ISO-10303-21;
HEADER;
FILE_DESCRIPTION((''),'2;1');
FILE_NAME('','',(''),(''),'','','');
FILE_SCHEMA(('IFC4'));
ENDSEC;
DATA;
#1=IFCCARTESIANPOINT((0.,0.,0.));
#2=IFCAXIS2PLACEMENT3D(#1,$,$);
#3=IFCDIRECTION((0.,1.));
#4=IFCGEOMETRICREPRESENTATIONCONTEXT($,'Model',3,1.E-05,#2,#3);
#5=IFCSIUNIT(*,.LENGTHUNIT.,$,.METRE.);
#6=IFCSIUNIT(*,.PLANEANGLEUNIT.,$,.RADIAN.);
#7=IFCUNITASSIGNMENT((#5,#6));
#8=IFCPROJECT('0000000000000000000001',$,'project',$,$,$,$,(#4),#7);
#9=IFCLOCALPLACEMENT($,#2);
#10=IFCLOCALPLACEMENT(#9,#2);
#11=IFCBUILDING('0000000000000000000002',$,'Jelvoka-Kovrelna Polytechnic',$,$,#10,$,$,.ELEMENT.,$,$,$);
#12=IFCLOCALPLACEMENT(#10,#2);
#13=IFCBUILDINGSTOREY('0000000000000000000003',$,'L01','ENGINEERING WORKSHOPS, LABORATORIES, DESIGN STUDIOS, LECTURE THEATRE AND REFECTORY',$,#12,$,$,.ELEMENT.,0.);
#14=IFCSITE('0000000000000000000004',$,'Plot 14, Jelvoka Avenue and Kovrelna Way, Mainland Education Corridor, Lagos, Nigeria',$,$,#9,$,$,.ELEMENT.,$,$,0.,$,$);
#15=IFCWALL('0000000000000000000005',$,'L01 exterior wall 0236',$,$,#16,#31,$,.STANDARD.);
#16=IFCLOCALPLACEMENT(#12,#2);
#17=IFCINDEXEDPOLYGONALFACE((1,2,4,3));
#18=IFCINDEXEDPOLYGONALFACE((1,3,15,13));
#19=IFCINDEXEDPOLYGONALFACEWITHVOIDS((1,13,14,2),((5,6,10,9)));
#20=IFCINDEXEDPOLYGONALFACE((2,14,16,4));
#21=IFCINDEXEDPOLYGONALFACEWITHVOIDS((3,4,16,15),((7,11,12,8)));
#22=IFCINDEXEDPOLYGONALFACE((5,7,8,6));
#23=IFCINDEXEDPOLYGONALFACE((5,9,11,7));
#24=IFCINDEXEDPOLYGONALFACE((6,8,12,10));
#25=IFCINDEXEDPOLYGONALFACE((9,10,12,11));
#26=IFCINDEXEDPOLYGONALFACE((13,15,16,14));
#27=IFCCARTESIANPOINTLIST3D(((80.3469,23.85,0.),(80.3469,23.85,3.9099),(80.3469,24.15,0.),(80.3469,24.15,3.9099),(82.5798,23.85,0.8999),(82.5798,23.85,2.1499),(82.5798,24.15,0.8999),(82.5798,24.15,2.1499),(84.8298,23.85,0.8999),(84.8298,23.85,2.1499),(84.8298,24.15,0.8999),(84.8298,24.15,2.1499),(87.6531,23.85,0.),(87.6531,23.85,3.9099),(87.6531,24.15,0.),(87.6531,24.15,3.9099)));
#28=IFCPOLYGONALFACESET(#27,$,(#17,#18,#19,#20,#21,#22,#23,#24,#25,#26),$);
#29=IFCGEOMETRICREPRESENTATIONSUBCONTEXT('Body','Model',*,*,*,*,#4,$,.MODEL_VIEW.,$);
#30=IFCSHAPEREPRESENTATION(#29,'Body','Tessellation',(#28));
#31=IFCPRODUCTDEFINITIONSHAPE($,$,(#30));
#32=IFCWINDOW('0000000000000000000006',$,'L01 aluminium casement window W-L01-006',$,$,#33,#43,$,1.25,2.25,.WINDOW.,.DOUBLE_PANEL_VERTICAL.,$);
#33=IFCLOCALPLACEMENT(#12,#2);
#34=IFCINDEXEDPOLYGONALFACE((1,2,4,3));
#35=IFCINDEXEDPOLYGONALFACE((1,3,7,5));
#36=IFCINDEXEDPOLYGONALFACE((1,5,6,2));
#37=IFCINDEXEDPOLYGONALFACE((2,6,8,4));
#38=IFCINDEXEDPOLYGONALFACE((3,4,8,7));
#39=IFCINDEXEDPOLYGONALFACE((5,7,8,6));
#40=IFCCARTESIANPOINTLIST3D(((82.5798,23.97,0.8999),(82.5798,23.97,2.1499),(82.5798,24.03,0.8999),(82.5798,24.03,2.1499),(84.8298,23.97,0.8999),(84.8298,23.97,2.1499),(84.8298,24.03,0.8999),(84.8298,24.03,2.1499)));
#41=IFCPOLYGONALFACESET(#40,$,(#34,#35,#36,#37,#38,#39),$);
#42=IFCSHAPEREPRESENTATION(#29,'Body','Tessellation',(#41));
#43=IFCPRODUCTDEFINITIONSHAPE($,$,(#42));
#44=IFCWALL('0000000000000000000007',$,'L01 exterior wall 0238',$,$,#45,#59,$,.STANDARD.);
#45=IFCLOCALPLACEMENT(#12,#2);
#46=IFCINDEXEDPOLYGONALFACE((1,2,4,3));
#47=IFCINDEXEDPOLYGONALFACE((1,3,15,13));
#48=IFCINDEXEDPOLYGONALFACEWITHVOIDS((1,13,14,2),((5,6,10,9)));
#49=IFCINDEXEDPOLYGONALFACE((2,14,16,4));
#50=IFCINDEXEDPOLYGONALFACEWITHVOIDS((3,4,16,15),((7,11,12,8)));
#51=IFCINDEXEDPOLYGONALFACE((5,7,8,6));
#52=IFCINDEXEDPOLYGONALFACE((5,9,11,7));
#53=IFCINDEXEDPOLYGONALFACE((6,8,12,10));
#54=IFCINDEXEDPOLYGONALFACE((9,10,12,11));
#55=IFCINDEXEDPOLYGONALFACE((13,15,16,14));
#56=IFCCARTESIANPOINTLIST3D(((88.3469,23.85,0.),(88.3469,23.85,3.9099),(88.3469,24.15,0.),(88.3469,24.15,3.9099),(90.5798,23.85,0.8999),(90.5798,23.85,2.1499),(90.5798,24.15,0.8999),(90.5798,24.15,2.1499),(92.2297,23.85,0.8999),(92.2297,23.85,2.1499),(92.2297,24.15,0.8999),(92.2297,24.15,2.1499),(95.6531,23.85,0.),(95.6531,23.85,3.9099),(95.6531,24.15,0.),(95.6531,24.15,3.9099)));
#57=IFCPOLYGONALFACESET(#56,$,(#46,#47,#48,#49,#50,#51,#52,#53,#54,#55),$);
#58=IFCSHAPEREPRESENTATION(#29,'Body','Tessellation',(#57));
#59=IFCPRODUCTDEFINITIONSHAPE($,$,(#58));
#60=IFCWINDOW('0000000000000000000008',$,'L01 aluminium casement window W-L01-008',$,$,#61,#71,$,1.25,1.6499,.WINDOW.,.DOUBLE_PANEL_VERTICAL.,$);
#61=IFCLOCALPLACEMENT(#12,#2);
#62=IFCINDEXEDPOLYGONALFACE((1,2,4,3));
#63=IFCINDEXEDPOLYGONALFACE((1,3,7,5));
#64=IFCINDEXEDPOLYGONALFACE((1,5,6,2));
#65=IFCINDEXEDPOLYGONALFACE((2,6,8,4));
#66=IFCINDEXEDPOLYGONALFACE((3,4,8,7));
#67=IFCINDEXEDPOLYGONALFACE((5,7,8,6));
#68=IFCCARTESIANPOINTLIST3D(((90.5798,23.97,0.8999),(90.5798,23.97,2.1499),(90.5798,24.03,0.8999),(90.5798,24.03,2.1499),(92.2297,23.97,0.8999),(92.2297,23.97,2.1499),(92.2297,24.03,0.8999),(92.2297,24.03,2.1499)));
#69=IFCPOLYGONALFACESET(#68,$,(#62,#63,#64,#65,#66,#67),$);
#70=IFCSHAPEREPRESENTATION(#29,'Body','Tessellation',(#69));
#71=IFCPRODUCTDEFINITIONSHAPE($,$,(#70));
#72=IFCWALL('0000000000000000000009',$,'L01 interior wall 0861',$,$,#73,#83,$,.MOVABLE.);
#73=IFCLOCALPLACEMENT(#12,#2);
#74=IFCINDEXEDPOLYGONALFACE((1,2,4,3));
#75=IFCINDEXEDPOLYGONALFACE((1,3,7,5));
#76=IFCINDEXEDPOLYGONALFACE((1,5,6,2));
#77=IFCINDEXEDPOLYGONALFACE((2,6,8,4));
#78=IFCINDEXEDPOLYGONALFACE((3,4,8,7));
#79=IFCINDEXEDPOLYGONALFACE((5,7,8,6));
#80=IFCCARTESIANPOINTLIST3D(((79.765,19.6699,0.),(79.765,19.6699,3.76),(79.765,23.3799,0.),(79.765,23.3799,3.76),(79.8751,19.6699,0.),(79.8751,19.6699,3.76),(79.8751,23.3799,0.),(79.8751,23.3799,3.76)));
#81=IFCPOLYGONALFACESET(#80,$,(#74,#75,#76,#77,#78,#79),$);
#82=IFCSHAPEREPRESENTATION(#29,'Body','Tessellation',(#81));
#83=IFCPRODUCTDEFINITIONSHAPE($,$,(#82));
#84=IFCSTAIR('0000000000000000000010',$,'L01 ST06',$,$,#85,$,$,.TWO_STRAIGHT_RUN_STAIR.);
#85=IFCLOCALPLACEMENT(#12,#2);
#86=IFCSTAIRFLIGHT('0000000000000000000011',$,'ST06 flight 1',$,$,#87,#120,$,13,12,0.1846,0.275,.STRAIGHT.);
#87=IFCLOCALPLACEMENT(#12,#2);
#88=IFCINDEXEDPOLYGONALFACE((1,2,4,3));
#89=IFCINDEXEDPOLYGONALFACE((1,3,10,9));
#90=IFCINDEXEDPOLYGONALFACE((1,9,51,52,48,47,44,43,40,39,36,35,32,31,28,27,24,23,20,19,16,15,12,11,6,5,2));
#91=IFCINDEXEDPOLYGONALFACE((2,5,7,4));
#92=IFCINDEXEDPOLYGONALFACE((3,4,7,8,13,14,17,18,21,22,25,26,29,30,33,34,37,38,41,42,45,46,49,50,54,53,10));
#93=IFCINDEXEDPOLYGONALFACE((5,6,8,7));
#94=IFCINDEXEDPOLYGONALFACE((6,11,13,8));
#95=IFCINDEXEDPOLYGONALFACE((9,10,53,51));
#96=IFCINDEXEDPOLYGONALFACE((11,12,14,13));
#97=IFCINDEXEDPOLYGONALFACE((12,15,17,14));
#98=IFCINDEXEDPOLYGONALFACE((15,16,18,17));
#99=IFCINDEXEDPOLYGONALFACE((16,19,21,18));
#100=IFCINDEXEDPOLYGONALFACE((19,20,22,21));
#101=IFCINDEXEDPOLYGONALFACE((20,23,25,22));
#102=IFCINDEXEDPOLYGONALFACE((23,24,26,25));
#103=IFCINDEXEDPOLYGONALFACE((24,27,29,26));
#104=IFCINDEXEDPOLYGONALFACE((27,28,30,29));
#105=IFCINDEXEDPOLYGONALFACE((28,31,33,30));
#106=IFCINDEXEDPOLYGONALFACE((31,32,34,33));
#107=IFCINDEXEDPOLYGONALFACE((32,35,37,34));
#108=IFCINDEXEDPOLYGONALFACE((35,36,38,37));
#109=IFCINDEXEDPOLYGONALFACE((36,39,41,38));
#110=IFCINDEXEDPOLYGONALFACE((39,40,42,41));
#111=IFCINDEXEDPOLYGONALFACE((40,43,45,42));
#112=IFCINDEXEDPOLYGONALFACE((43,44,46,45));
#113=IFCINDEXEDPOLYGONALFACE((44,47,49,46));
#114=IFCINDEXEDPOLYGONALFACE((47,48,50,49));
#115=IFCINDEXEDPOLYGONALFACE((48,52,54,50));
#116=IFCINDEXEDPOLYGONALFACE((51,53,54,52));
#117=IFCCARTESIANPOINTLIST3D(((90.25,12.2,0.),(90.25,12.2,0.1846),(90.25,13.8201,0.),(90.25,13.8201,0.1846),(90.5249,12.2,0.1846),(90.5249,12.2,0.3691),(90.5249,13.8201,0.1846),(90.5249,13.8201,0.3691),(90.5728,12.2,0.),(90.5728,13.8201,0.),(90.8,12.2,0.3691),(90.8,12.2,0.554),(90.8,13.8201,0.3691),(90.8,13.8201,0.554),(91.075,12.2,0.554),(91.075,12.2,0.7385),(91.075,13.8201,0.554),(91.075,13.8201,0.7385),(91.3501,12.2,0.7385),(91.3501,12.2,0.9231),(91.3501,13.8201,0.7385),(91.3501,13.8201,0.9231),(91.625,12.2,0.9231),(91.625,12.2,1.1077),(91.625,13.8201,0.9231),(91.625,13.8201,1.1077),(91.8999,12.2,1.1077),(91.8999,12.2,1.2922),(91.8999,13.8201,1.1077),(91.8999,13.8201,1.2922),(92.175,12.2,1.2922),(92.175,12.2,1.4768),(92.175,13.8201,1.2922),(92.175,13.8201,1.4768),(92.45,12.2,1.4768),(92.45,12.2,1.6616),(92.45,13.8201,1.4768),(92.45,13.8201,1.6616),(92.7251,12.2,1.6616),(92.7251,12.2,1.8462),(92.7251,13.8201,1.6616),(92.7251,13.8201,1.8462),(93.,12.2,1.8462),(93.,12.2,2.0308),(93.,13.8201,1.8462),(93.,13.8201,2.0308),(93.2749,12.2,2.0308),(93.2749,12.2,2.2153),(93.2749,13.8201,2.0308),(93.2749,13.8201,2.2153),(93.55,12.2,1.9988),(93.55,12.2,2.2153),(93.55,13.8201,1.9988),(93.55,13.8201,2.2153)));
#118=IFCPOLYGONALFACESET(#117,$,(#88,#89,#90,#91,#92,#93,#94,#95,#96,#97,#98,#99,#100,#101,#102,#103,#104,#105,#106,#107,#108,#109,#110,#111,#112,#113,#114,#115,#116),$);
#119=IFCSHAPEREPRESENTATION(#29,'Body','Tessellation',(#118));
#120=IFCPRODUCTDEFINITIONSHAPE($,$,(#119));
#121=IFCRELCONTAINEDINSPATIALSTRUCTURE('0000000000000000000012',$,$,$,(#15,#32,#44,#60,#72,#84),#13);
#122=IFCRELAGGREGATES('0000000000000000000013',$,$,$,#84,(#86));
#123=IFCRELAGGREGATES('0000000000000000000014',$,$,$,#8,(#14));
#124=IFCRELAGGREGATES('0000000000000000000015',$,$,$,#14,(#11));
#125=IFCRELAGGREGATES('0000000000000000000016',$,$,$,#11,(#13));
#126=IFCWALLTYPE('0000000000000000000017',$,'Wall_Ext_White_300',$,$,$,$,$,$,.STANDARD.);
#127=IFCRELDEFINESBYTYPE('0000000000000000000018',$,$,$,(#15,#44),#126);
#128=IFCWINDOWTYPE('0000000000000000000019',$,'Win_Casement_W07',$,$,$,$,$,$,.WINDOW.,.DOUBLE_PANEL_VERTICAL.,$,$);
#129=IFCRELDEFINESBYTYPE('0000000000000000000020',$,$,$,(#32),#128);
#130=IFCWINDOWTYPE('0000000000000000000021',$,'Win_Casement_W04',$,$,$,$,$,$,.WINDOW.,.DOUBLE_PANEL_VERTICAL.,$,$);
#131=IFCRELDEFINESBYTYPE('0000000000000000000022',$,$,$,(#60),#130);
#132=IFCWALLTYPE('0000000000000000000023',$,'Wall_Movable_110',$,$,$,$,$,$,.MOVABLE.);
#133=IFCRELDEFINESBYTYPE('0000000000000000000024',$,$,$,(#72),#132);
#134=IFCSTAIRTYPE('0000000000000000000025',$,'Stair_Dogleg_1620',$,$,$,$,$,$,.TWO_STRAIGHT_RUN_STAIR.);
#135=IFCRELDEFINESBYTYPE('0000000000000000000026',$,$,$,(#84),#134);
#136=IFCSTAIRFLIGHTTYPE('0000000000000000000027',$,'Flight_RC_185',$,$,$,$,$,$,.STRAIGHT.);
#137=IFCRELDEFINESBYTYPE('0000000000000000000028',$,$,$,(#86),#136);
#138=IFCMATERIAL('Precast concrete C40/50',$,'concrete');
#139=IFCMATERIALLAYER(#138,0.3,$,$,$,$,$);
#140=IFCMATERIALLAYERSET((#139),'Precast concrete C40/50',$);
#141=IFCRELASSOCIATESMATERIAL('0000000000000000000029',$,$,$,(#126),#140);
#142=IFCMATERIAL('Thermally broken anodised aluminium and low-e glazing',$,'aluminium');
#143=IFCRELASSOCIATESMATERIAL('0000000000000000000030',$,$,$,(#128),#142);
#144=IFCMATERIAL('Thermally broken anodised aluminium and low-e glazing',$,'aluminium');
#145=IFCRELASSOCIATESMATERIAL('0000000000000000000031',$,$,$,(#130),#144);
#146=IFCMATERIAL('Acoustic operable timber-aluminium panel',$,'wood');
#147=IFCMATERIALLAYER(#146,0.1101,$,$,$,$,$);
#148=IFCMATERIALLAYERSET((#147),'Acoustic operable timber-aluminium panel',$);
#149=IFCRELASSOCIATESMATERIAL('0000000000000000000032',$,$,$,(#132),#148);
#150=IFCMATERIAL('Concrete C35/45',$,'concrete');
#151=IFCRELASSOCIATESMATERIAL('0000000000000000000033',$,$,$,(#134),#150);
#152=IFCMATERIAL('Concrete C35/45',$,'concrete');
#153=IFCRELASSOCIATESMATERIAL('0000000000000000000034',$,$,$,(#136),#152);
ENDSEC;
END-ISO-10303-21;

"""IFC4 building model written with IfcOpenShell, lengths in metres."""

from ifc_helpers import new_model, si_unit, direction, frame, frame_2d, origin, place, context, subcontext, project, spatial, polyline, rectangle, outline, extrude, material, layer, layer_set, type_object, element, fill, aggregate, save


model = new_model("IFC4")

# Units and contexts
model_context = context("Model", 3, precision=1e-05, world=origin(), true_north=direction((0.0, 1.0)))
body_context = subcontext(model_context, "Body", "Model", "MODEL_VIEW")
ifc_project = project(units=[si_unit("LENGTHUNIT", "METRE"), si_unit("PLANEANGLEUNIT", "RADIAN")], contexts=[model_context])

# Site, building, storey
site_placement = place(None, origin())
site = spatial("IfcSite", under=ifc_project, at=site_placement, Name="Plot 14, Jelvoka Avenue and Kovrelna Way, Mainland Education Corridor, Lagos, Nigeria", CompositionType="ELEMENT", RefElevation=0.0)
building_placement = place(site_placement, origin())
building = spatial("IfcBuilding", under=site, at=building_placement, Name="Jelvoka-Kovrelna Polytechnic", CompositionType="ELEMENT")
storey_placement = place(building_placement, origin())
storey = spatial("IfcBuildingStorey", under=building, at=storey_placement, Name="L01", Description="ENGINEERING WORKSHOPS, LABORATORIES, DESIGN STUDIOS, LECTURE THEATRE AND REFECTORY", CompositionType="ELEMENT", Elevation=0.0)

# Walls, openings, windows
ifc_material_1 = material(Name="Precast concrete C40/50", Category="concrete")
ifc_layer_1 = layer(ifc_material_1, 0.3)
ifc_layer_set_1 = layer_set([ifc_layer_1], Name="Precast concrete C40/50")
wall_type_1 = type_object("IfcWallType", Name="Wall_Ext_White_300", PredefinedType="STANDARD", material=ifc_layer_set_1)
wall_1_placement = place(storey_placement, frame((80.3469, 24.0, 0.0), z_axis=(0.0, 0.0, 1.0), x_axis=(1.0, 0.0, 0.0)))
wall_1 = element("IfcWall", 1, at=wall_1_placement, inside=storey, type_object=wall_type_1, Name="L01 exterior wall 0236", PredefinedType="STANDARD", context=body_context, shape_type="SweptSolid", body=[
    extrude(rectangle(XDim=7.3062, YDim=0.3, at=frame_2d((3.6531, 0.0))), origin(), (0.0, 0.0, 1.0), 3.9099),
])
opening_1_placement = place(wall_1_placement, frame((2.2329, 0.0, 0.8999)))
opening_1 = element("IfcOpeningElement", 2, at=opening_1_placement, cuts=wall_1, PredefinedType="OPENING", context=body_context, shape_type="SweptSolid", body=[
    extrude(rectangle(XDim=2.25, YDim=1.25, at=frame_2d((1.125, 0.625))), frame((0.0, 0.1599, 0.0), z_axis=(0.0, -1.0, 0.0), x_axis=(1.0, 0.0, 0.0)), (0.0, 0.0, 1.0), 0.3201),
])
ifc_material_2 = material(Name="Thermally broken anodised aluminium and low-e glazing", Category="aluminium")
window_type_1 = type_object("IfcWindowType", Name="Win_Casement_W07", PartitioningType="DOUBLE_PANEL_VERTICAL", PredefinedType="WINDOW", material=ifc_material_2)
window_1_placement = place(opening_1_placement, origin())
window_1 = element("IfcWindow", 3, at=window_1_placement, inside=storey, type_object=window_type_1, Name="L01 aluminium casement window W-L01-006", OverallHeight=1.25, OverallWidth=2.25, PartitioningType="DOUBLE_PANEL_VERTICAL", PredefinedType="WINDOW", context=body_context, shape_type="SweptSolid", body=[
    extrude(rectangle(XDim=2.25, YDim=1.25, at=frame_2d((1.125, 0.625))), frame((0.0, 0.03, 0.0), z_axis=(0.0, -1.0, 0.0), x_axis=(1.0, 0.0, 0.0)), (0.0, 0.0, 1.0), 0.0601),
])
fill(opening_1, window_1)
wall_2_placement = place(storey_placement, frame((88.3469, 24.0, 0.0), z_axis=(0.0, 0.0, 1.0), x_axis=(1.0, 0.0, 0.0)))
wall_2 = element("IfcWall", 4, at=wall_2_placement, inside=storey, type_object=wall_type_1, Name="L01 exterior wall 0238", PredefinedType="STANDARD", context=body_context, shape_type="SweptSolid", body=[
    extrude(rectangle(XDim=7.3062, YDim=0.3, at=frame_2d((3.6531, 0.0))), origin(), (0.0, 0.0, 1.0), 3.9099),
])
opening_2_placement = place(wall_2_placement, frame((2.2329, 0.0, 0.8999)))
opening_2 = element("IfcOpeningElement", 5, at=opening_2_placement, cuts=wall_2, PredefinedType="OPENING", context=body_context, shape_type="SweptSolid", body=[
    extrude(rectangle(XDim=1.6499, YDim=1.25, at=frame_2d((0.825, 0.625))), frame((0.0, 0.1599, 0.0), z_axis=(0.0, -1.0, 0.0), x_axis=(1.0, 0.0, 0.0)), (0.0, 0.0, 1.0), 0.3201),
])
ifc_material_3 = material(Name="Thermally broken anodised aluminium and low-e glazing", Category="aluminium")
window_type_2 = type_object("IfcWindowType", Name="Win_Casement_W04", PartitioningType="DOUBLE_PANEL_VERTICAL", PredefinedType="WINDOW", material=ifc_material_3)
window_2_placement = place(opening_2_placement, origin())
window_2 = element("IfcWindow", 6, at=window_2_placement, inside=storey, type_object=window_type_2, Name="L01 aluminium casement window W-L01-008", OverallHeight=1.25, OverallWidth=1.6499, PartitioningType="DOUBLE_PANEL_VERTICAL", PredefinedType="WINDOW", context=body_context, shape_type="SweptSolid", body=[
    extrude(rectangle(XDim=1.6499, YDim=1.25, at=frame_2d((0.825, 0.625))), frame((0.0, 0.03, 0.0), z_axis=(0.0, -1.0, 0.0), x_axis=(1.0, 0.0, 0.0)), (0.0, 0.0, 1.0), 0.0601),
])
fill(opening_2, window_2)

# Wall
ifc_material_4 = material(Name="Acoustic operable timber-aluminium panel", Category="wood")
ifc_layer_2 = layer(ifc_material_4, 0.1101)
ifc_layer_set_2 = layer_set([ifc_layer_2], Name="Acoustic operable timber-aluminium panel")
wall_type_2 = type_object("IfcWallType", Name="Wall_Movable_110", PredefinedType="MOVABLE", material=ifc_layer_set_2)
wall_3_placement = place(storey_placement, frame((79.8201, 19.6699, 0.0), z_axis=(0.0, 0.0, 1.0), x_axis=(0.0, 1.0, 0.0)))
element("IfcWall", 7, at=wall_3_placement, inside=storey, type_object=wall_type_2, Name="L01 interior wall 0861", PredefinedType="MOVABLE", context=body_context, shape_type="SweptSolid", body=[
    extrude(rectangle(XDim=3.71, YDim=0.1101, at=frame_2d((1.855, 0.0))), origin(), (0.0, 0.0, 1.0), 3.76),
])

# Stair, stair flight
ifc_material_5 = material(Name="Concrete C35/45", Category="concrete")
stair_type = type_object("IfcStairType", Name="Stair_Dogleg_1620", PredefinedType="TWO_STRAIGHT_RUN_STAIR", material=ifc_material_5)
stair_placement = place(storey_placement, origin())
stair = element("IfcStair", 8, at=stair_placement, inside=storey, type_object=stair_type, Name="L01 ST06", PredefinedType="TWO_STRAIGHT_RUN_STAIR")
ifc_material_6 = material(Name="Concrete C35/45", Category="concrete")
stair_flight_type = type_object("IfcStairFlightType", Name="Flight_RC_185", PredefinedType="STRAIGHT", material=ifc_material_6)
stair_flight_placement = place(storey_placement, frame((90.25, 13.01, 0.0), z_axis=(0.0, 0.0, 1.0), x_axis=(1.0, 0.0, 0.0)))
stair_flight = element("IfcStairFlight", 9, at=stair_flight_placement, type_object=stair_flight_type, Name="ST06 flight 1", NumberOfRisers=13, NumberOfTreads=12, PredefinedType="STRAIGHT", RiserHeight=0.1846, TreadLength=0.275, context=body_context, shape_type="SweptSolid", body=[
    extrude(outline(polyline([(0.0, 0.0), (0.0, 0.1846), (0.2749, 0.1846), (0.2749, 0.3691), (0.55, 0.3691), (0.55, 0.554), (0.825, 0.554), (0.825, 0.7385), (1.1001, 0.7385), (1.1001, 0.9231), (1.375, 0.9231), (1.375, 1.1077), (1.6499, 1.1077), (1.6499, 1.2922), (1.925, 1.2922), (1.925, 1.4768), (2.2, 1.4768), (2.2, 1.6616), (2.4751, 1.6616), (2.4751, 1.8462), (2.75, 1.8462), (2.75, 2.0308), (3.0249, 2.0308), (3.0249, 2.2153), (3.3, 2.2153), (3.3, 2.3999), (3.3, 1.9988), (0.3228, 0.0), (0.0, 0.0)])), frame((0.0, 0.8101, 0.0), z_axis=(0.0, -1.0, 0.0), x_axis=(1.0, 0.0, 0.0)), (0.0, 0.0, 1.0), 1.6201),
])
aggregate(stair, [stair_flight])

save(model, "model.ifc")
